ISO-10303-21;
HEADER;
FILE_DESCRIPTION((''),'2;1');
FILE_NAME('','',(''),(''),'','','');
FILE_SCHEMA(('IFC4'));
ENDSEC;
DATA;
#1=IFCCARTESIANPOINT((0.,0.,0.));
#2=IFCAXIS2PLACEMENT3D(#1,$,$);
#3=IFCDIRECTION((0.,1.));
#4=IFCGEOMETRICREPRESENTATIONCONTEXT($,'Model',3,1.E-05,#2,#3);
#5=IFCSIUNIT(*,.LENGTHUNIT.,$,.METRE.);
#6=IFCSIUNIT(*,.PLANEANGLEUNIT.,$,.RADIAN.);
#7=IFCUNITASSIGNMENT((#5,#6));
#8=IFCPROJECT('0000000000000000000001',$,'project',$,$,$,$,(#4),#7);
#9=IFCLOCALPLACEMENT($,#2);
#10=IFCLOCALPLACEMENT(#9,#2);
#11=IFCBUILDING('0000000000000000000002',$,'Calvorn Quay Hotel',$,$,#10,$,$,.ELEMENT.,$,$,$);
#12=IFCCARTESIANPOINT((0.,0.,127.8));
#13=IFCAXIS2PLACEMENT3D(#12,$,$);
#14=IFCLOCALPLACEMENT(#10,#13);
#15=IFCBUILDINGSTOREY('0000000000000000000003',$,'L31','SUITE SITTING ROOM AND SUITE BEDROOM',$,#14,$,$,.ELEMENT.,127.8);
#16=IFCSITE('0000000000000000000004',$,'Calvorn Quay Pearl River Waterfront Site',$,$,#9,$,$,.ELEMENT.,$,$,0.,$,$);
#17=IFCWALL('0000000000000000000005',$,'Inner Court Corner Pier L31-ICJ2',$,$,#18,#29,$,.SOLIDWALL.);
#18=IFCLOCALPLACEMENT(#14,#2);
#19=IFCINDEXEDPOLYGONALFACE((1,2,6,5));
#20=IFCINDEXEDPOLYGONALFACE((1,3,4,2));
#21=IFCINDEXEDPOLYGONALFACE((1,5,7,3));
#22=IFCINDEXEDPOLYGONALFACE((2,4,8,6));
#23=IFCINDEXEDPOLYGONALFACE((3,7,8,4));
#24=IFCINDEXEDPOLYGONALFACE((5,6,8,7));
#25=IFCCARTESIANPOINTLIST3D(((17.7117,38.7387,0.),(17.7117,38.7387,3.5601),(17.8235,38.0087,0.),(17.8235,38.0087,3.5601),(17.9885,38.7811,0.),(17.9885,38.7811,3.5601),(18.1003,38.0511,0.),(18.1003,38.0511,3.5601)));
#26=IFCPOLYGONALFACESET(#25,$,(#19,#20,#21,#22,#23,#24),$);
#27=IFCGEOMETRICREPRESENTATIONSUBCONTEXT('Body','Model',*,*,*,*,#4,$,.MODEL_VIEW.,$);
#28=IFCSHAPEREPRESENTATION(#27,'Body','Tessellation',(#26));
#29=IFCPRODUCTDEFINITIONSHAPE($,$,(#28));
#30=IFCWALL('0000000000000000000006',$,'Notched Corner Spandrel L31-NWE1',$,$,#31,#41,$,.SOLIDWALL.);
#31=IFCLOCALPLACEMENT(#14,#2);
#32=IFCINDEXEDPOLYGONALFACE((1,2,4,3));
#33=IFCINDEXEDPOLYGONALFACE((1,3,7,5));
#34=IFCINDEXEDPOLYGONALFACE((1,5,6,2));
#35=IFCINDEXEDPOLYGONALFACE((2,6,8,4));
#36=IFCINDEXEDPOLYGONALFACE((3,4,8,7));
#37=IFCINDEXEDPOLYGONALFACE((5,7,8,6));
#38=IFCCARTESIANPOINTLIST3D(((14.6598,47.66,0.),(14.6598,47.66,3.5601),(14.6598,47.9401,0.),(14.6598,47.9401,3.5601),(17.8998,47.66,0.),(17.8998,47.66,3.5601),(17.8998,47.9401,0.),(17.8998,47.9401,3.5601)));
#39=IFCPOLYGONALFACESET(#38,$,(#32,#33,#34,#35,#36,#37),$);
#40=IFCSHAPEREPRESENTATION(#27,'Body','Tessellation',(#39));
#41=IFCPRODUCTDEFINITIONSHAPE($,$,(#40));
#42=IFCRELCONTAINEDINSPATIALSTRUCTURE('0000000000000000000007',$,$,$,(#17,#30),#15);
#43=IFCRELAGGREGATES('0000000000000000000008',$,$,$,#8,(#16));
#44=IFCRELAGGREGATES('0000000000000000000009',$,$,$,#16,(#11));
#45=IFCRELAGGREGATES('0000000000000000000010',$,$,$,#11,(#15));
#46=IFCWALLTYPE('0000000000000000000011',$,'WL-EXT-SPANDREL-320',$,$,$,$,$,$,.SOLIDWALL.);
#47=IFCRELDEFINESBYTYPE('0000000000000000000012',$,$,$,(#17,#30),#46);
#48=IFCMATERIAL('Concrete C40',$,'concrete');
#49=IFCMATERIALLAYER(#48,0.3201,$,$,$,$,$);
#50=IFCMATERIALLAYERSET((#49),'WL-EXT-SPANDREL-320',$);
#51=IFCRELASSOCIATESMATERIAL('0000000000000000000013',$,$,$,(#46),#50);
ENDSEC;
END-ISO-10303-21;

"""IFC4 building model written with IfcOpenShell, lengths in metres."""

from ifc_helpers import new_model, si_unit, direction, frame, frame_2d, origin, place, context, subcontext, project, spatial, rectangle, extrude, material, layer, layer_set, type_object, element, save


model = new_model("IFC4")

# Units and contexts
model_context = context("Model", 3, precision=1e-05, world=origin(), true_north=direction((0.0, 1.0)))
body_context = subcontext(model_context, "Body", "Model", "MODEL_VIEW")
ifc_project = project(units=[si_unit("LENGTHUNIT", "METRE"), si_unit("PLANEANGLEUNIT", "RADIAN")], contexts=[model_context])

# Site, building, storey
site_placement = place(None, origin())
site = spatial("IfcSite", under=ifc_project, at=site_placement, Name="Calvorn Quay Pearl River Waterfront Site", CompositionType="ELEMENT", RefElevation=0.0)
building_placement = place(site_placement, origin())
building = spatial("IfcBuilding", under=site, at=building_placement, Name="Calvorn Quay Hotel", CompositionType="ELEMENT")
storey_placement = place(building_placement, frame((0.0, 0.0, 127.8)))
storey = spatial("IfcBuildingStorey", under=building, at=storey_placement, Name="L31", Description="SUITE SITTING ROOM AND SUITE BEDROOM", CompositionType="ELEMENT", Elevation=127.8)

# Walls
ifc_material_1 = material(Name="Concrete C40", Category="concrete")
ifc_layer_1 = layer(ifc_material_1, 0.3201)
ifc_layer_set_1 = layer_set([ifc_layer_1], Name="WL-EXT-SPANDREL-320")
wall_type = type_object("IfcWallType", Name="WL-EXT-SPANDREL-320", PredefinedType="SOLIDWALL", material=ifc_layer_set_1)
wall_1_placement = place(storey_placement, frame((17.9619, 38.03, 0.0), z_axis=(0.0, 0.0, 1.0), x_axis=(-0.151411, 0.988471, 0.0)))
element("IfcWall", 1, at=wall_1_placement, inside=storey, type_object=wall_type, Name="Inner Court Corner Pier L31-ICJ2", PredefinedType="SOLIDWALL", context=body_context, shape_type="SweptSolid", body=[
    extrude(rectangle(XDim=0.7385, YDim=0.28, at=frame_2d((0.3691, 0.0))), origin(), (0.0, 0.0, 1.0), 3.5601),
])
wall_2_placement = place(storey_placement, frame((17.8999, 47.8, 0.0), z_axis=(0.0, 0.0, 1.0), x_axis=(-1.0, 0.0, 0.0)))
element("IfcWall", 2, at=wall_2_placement, inside=storey, type_object=wall_type, Name="Notched Corner Spandrel L31-NWE1", PredefinedType="SOLIDWALL", context=body_context, shape_type="SweptSolid", body=[
    extrude(rectangle(XDim=3.24, YDim=0.28, at=frame_2d((1.6201, 0.0))), origin(), (0.0, 0.0, 1.0), 3.5601),
])

save(model, "model.ifc")
